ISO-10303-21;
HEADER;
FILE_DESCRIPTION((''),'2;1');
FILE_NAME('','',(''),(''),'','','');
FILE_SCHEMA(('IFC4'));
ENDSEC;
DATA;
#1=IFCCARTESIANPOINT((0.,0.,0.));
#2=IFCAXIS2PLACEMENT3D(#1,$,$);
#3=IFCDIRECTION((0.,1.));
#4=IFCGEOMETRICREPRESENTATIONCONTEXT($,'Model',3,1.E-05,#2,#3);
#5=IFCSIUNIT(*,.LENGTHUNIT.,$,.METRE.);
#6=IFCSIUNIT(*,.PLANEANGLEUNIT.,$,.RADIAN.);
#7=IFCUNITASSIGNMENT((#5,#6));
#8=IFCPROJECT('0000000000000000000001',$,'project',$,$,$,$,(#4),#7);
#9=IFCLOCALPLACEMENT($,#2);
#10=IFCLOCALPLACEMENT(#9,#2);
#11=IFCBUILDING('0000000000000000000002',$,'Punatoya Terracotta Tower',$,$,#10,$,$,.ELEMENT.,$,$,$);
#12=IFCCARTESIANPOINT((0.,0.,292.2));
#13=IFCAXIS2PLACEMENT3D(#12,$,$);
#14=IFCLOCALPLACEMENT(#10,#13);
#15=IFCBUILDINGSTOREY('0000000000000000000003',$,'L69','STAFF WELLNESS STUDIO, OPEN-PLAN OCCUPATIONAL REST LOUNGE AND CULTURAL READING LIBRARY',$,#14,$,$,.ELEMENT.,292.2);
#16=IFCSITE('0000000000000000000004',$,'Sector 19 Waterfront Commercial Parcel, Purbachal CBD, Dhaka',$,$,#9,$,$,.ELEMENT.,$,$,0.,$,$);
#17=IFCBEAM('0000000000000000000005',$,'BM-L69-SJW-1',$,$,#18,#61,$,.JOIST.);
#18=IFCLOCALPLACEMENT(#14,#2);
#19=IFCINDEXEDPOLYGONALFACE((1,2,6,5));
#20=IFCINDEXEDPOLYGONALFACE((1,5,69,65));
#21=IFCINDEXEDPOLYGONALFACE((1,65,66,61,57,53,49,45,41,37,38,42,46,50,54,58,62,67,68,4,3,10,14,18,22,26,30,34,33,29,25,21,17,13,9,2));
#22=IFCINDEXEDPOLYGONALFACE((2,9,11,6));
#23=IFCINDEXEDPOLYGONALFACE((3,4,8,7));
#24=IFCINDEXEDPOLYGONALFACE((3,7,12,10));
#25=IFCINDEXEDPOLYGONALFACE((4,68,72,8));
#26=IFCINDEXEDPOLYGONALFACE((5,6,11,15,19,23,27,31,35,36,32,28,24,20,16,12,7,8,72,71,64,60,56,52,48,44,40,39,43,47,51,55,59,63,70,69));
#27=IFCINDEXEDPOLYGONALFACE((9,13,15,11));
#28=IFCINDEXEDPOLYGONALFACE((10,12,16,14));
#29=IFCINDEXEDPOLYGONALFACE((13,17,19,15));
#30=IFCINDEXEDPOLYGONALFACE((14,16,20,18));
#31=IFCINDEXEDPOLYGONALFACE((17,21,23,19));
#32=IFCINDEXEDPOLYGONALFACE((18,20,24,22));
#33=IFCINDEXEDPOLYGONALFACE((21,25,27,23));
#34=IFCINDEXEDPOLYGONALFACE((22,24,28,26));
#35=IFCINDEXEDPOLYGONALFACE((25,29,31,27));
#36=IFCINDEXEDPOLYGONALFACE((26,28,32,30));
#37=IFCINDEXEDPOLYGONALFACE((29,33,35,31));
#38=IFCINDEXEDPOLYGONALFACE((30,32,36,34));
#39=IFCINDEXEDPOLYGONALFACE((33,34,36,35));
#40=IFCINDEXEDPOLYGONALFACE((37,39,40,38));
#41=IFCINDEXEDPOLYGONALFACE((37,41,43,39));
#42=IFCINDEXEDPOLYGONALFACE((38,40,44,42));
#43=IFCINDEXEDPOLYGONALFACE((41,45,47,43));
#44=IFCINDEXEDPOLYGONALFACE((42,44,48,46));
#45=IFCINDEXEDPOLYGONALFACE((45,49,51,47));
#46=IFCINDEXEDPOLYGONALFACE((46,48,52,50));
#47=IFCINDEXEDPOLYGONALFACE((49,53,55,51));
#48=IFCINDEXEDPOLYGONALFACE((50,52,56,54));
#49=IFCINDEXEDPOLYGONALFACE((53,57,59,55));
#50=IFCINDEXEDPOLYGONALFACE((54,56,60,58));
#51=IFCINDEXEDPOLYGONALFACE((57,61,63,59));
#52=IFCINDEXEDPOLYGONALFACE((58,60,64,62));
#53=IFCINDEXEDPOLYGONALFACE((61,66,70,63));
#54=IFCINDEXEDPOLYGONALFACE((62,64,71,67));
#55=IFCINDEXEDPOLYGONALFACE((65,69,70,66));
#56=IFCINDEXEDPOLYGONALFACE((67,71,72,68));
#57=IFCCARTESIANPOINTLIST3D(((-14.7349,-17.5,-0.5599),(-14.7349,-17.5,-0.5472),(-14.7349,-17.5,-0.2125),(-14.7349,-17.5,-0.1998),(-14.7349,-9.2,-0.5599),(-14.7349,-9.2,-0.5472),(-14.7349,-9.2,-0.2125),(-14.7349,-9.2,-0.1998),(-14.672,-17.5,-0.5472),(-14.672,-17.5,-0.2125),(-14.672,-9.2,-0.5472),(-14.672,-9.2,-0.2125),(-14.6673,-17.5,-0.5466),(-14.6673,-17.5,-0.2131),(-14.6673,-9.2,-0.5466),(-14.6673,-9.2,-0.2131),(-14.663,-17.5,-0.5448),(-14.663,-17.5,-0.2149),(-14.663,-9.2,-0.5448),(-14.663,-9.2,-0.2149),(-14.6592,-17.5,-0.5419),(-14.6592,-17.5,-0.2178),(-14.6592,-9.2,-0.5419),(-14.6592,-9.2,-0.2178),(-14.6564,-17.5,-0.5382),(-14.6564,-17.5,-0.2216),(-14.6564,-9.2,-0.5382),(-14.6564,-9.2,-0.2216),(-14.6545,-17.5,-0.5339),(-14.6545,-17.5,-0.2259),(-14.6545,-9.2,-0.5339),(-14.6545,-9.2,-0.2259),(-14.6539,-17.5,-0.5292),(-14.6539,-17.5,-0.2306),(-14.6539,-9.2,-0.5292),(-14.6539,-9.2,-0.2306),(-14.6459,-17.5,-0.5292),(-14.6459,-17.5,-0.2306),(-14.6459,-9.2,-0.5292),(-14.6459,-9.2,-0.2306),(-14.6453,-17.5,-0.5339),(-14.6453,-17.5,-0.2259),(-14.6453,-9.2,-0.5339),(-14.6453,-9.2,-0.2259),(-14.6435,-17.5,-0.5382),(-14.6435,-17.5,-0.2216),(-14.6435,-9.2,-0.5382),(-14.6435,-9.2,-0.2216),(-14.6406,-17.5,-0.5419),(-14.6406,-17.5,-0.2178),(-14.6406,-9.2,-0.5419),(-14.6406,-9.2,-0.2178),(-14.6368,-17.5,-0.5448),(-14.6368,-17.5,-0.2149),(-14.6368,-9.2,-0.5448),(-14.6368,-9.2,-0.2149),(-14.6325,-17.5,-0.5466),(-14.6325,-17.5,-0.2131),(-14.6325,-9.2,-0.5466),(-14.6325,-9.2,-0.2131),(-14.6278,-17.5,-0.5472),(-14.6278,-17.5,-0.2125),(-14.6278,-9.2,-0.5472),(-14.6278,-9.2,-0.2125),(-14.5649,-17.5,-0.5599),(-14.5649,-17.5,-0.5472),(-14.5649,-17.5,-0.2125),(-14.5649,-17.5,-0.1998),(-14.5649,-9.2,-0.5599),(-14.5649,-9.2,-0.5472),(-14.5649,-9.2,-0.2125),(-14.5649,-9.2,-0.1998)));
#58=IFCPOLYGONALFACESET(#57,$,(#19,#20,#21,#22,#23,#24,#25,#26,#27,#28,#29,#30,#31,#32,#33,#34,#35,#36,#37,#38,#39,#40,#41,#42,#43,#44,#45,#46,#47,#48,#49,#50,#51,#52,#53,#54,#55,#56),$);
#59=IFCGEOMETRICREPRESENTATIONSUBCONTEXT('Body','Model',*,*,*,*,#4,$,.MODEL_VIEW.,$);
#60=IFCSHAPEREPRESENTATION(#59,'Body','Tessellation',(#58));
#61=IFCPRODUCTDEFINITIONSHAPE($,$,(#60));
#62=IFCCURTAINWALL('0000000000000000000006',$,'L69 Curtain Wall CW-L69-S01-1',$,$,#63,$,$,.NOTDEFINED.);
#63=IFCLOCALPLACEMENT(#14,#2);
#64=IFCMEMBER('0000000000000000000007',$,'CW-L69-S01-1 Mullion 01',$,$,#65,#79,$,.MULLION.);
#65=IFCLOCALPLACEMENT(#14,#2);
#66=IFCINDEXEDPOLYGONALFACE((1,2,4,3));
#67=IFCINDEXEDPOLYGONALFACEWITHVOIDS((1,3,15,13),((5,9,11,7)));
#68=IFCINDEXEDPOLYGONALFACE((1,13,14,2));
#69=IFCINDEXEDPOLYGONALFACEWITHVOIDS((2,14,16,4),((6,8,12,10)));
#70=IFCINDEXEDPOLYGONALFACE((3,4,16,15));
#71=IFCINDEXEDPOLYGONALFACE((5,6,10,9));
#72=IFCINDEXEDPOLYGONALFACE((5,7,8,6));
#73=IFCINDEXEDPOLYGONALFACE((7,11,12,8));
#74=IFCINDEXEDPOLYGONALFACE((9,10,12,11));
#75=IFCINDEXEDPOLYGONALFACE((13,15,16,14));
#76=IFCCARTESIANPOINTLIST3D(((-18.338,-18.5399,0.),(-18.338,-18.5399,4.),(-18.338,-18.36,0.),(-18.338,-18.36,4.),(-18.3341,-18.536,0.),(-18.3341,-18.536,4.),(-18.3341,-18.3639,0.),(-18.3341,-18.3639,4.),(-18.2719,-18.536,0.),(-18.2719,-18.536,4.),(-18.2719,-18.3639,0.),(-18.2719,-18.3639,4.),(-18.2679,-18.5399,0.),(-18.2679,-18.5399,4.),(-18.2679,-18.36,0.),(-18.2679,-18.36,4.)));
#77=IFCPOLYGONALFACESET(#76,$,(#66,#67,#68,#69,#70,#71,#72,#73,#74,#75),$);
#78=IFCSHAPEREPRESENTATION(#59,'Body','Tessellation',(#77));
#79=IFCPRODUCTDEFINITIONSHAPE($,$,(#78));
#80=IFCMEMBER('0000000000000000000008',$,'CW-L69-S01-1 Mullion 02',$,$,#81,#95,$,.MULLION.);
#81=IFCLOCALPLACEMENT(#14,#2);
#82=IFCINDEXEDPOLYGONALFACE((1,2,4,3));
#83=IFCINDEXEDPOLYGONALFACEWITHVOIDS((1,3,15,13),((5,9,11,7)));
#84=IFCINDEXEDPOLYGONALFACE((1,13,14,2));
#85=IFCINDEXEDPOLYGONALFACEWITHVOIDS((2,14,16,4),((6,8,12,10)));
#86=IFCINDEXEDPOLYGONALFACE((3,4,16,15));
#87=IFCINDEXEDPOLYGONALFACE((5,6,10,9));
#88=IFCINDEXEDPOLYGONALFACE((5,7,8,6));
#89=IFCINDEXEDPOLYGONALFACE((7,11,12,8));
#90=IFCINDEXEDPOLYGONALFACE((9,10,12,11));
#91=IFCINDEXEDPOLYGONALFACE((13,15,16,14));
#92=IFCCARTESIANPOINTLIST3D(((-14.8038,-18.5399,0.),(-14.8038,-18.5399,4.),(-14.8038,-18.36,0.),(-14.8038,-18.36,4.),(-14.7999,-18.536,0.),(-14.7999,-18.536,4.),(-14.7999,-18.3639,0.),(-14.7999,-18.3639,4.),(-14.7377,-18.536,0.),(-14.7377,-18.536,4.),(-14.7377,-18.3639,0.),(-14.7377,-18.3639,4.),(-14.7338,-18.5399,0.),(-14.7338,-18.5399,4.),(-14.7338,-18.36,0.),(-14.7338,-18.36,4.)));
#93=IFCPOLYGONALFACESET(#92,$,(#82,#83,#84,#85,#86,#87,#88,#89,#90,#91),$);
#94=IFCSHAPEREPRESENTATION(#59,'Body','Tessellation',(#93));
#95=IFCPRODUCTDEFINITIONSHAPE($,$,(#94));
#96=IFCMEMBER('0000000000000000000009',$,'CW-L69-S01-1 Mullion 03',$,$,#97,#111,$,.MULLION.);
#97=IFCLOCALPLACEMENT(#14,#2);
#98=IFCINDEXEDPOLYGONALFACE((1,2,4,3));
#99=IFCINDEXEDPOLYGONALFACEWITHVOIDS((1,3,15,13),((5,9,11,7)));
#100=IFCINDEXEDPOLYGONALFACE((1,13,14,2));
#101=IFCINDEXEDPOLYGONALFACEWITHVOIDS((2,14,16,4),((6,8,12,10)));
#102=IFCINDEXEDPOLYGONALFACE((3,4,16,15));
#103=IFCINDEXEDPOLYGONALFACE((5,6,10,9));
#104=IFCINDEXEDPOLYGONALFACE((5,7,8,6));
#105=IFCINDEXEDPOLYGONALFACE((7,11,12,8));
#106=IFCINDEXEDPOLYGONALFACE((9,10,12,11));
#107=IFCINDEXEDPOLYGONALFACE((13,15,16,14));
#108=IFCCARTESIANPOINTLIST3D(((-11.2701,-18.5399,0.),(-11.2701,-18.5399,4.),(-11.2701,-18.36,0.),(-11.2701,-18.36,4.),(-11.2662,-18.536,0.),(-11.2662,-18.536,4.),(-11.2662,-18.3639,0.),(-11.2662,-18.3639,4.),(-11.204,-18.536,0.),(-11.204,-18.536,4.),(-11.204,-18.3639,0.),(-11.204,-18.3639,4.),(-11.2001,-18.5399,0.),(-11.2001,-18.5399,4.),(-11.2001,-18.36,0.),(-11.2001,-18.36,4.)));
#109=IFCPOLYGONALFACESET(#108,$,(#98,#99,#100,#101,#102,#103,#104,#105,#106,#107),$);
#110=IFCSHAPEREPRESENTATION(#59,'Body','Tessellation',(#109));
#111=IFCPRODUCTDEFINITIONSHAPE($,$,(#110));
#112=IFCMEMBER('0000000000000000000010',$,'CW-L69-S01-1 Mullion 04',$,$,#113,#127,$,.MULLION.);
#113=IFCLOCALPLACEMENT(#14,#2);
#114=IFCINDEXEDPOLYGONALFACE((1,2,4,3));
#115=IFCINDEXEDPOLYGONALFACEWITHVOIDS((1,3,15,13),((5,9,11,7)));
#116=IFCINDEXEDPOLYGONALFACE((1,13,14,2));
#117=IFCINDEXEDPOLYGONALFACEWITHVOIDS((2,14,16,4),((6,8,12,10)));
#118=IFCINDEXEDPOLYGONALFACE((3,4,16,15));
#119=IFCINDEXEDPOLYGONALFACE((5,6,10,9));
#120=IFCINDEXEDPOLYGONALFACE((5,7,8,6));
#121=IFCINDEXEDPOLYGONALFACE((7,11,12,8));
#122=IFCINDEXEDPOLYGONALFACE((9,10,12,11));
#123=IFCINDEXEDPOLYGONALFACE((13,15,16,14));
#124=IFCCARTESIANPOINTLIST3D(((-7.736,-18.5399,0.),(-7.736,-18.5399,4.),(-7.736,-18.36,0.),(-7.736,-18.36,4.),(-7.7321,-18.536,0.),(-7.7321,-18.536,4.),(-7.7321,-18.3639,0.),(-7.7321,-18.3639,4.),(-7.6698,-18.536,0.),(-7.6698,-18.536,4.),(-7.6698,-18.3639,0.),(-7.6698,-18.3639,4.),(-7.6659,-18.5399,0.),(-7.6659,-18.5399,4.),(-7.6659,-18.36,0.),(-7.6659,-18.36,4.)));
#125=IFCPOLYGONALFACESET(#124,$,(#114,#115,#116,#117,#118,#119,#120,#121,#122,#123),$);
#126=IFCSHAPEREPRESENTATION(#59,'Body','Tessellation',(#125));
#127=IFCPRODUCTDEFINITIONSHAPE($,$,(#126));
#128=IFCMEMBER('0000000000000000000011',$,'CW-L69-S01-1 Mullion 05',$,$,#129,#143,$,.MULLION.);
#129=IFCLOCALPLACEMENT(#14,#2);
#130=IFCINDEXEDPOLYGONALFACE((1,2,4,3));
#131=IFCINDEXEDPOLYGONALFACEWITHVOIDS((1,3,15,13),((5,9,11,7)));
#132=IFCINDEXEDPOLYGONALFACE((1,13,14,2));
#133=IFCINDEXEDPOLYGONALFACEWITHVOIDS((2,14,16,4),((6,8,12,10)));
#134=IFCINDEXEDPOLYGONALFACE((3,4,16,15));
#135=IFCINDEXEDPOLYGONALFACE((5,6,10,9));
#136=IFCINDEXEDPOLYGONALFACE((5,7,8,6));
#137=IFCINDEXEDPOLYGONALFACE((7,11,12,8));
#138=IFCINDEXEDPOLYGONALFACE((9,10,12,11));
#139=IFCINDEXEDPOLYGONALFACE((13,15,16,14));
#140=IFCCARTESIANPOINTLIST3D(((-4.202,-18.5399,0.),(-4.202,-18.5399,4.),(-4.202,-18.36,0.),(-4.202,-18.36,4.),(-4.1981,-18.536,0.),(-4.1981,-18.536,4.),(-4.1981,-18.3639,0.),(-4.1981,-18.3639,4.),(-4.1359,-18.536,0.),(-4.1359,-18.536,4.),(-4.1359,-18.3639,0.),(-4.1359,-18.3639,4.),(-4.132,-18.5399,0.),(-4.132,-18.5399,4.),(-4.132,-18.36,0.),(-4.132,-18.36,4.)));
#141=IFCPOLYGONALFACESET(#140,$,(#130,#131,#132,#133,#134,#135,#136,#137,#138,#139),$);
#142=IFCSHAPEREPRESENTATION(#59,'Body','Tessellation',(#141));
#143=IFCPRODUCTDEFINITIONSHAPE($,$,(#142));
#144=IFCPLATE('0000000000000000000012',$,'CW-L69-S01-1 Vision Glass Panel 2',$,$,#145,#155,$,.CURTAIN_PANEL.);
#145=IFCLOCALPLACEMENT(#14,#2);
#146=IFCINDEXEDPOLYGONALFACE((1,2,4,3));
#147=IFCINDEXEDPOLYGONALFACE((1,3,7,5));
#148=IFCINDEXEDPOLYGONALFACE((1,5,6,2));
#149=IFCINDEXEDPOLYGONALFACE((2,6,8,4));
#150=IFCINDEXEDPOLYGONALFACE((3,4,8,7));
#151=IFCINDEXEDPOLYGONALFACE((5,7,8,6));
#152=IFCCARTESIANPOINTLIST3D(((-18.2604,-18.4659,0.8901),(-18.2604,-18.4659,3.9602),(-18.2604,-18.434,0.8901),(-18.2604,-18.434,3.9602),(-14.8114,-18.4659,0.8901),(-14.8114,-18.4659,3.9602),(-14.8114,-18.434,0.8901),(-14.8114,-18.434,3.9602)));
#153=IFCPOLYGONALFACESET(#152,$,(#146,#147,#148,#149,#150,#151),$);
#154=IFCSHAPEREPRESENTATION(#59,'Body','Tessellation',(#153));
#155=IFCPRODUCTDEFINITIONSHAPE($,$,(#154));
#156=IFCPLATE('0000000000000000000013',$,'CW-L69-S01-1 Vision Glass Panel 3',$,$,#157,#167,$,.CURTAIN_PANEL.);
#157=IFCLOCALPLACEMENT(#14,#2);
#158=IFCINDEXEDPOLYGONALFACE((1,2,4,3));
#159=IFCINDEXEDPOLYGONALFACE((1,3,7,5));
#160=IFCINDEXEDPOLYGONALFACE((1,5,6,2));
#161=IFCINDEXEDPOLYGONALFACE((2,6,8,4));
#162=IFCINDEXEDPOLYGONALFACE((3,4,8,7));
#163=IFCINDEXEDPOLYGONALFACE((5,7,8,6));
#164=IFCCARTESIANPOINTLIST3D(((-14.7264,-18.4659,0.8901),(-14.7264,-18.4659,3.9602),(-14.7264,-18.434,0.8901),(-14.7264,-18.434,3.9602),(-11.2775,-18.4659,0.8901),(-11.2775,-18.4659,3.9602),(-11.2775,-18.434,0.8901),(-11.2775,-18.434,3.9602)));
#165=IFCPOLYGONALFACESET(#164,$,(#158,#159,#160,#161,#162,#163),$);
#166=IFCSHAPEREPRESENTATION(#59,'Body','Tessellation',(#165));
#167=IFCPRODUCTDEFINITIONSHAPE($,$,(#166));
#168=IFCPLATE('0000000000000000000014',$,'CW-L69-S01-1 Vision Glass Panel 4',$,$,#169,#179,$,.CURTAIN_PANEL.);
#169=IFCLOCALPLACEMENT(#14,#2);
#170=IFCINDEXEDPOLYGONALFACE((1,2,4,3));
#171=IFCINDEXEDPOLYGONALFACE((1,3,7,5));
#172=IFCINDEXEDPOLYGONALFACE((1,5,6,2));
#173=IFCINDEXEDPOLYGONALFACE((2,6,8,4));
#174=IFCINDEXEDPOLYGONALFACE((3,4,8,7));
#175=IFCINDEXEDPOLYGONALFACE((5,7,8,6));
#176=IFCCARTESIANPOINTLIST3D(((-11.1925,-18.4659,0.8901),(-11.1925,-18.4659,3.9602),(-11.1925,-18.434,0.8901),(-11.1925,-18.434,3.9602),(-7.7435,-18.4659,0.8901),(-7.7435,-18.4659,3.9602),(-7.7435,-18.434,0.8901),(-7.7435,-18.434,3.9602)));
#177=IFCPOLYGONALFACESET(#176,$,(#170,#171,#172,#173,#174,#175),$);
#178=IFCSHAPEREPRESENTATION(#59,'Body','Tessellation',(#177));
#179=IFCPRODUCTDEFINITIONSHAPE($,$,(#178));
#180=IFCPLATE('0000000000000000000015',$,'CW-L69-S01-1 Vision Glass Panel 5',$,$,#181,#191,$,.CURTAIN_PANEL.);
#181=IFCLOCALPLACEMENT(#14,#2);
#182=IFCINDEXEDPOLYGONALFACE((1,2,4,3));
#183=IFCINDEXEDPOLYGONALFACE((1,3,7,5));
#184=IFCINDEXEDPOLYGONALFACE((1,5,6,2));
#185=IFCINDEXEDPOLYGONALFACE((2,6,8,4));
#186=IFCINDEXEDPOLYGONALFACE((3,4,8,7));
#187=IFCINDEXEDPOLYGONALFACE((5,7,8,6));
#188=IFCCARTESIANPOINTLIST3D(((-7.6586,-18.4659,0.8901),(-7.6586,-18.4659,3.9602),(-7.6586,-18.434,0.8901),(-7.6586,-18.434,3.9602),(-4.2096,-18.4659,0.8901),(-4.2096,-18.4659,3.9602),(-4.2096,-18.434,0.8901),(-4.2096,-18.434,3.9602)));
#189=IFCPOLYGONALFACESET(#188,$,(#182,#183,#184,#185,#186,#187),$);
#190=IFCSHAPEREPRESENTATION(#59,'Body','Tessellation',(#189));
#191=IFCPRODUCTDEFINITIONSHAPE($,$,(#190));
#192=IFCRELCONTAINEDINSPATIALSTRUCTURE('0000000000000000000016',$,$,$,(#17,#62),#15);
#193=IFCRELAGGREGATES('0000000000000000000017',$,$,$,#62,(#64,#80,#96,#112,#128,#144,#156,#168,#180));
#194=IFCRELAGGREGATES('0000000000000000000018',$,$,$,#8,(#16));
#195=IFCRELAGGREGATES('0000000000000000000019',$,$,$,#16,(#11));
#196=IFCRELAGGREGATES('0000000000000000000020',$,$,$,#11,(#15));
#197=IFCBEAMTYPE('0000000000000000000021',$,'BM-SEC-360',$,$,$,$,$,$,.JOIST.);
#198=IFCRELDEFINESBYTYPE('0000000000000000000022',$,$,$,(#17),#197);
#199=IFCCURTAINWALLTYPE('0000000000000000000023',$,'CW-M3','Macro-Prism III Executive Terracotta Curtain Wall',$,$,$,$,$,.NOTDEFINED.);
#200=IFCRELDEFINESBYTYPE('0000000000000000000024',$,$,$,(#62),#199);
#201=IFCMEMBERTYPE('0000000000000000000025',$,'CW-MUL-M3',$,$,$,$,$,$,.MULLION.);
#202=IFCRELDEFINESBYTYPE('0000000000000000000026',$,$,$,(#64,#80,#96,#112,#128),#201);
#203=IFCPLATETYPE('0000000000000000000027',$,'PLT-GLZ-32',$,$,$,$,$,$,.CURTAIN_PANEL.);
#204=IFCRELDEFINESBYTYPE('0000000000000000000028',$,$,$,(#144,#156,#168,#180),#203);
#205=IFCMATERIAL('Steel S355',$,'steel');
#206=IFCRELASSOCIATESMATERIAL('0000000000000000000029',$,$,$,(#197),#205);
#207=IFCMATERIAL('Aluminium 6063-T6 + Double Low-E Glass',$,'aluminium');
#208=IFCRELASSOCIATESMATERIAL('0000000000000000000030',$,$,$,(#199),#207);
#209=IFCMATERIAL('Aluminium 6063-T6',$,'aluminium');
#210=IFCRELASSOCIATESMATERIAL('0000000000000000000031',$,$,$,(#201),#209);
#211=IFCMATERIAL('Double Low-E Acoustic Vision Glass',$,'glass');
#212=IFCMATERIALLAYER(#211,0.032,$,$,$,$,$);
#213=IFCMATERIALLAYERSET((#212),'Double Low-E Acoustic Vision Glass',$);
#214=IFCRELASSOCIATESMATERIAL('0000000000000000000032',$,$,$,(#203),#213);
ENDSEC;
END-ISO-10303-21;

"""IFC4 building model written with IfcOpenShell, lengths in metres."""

from ifc_helpers import new_model, si_unit, direction, frame, origin, origin_2d, place, context, subcontext, project, spatial, rectangle, hollow_rectangle, i_section, extrude, material, layer, layer_set, material_profile, profile_set, type_object, element, aggregate, save


model = new_model("IFC4")

# Units and contexts
model_context = context("Model", 3, precision=1e-05, world=origin(), true_north=direction((0.0, 1.0)))
body_context = subcontext(model_context, "Body", "Model", "MODEL_VIEW")
ifc_project = project(units=[si_unit("LENGTHUNIT", "METRE"), si_unit("PLANEANGLEUNIT", "RADIAN")], contexts=[model_context])

# Site, building, storey
site_placement = place(None, origin())
site = spatial("IfcSite", under=ifc_project, at=site_placement, Name="Sector 19 Waterfront Commercial Parcel, Purbachal CBD, Dhaka", CompositionType="ELEMENT", RefElevation=0.0)
building_placement = place(site_placement, origin())
building = spatial("IfcBuilding", under=site, at=building_placement, Name="Punatoya Terracotta Tower", CompositionType="ELEMENT")
storey_placement = place(building_placement, frame((0.0, 0.0, 292.2)))
storey = spatial("IfcBuildingStorey", under=building, at=storey_placement, Name="L69", Description="STAFF WELLNESS STUDIO, OPEN-PLAN OCCUPATIONAL REST LOUNGE AND CULTURAL READING LIBRARY", CompositionType="ELEMENT", Elevation=292.2)

# Beam
ifc_material_1 = material(Name="Steel S355", Category="steel")
ifc_material_profile_1 = material_profile(ifc_material_1, i_section(OverallWidth=0.1699, OverallDepth=0.3601, WebThickness=0.0081, FlangeThickness=0.0127, FilletRadius=0.0181, at=origin_2d()))
ifc_profile_set_1 = profile_set([ifc_material_profile_1], Name="Steel S355")
beam_type_1 = type_object("IfcBeamType", Name="BM-SEC-360", PredefinedType="JOIST", material=ifc_profile_set_1)
beam_1_placement = place(storey_placement, frame((-14.6499, -17.5, -0.3799), z_axis=(0.0, 1.0, 0.0), x_axis=(-1.0, 0.0, 0.0)))
element("IfcBeam", 1, at=beam_1_placement, inside=storey, type_object=beam_type_1, Name="BM-L69-SJW-1", PredefinedType="JOIST", context=body_context, shape_type="SweptSolid", body=[
    extrude(i_section(OverallWidth=0.1699, OverallDepth=0.3601, WebThickness=0.0081, FlangeThickness=0.0127, FilletRadius=0.0181, at=origin_2d()), origin(), (0.0, 0.0, 1.0), 8.3),
])

# Curtain wall, members, plates
ifc_material_2 = material(Name="Aluminium 6063-T6 + Double Low-E Glass", Category="aluminium")
curtain_wall_type = type_object("IfcCurtainWallType", Name="CW-M3", Description="Macro-Prism III Executive Terracotta Curtain Wall", PredefinedType="NOTDEFINED", material=ifc_material_2)
curtain_wall_placement = place(storey_placement, origin())
curtain_wall = element("IfcCurtainWall", 2, at=curtain_wall_placement, inside=storey, type_object=curtain_wall_type, Name="L69 Curtain Wall CW-L69-S01-1", PredefinedType="NOTDEFINED")
ifc_material_3 = material(Name="Aluminium 6063-T6", Category="aluminium")
ifc_material_profile_2 = material_profile(ifc_material_3, hollow_rectangle(XDim=0.0701, YDim=0.1799, WallThickness=0.0039, at=origin_2d()))
ifc_profile_set_2 = profile_set([ifc_material_profile_2], Name="Aluminium 6063-T6")
member_type = type_object("IfcMemberType", Name="CW-MUL-M3", PredefinedType="MULLION", material=ifc_profile_set_2)
member_1_placement = place(storey_placement, frame((-18.303, -18.45, 0.0), z_axis=(0.0, 0.0, 1.0), x_axis=(1.0, 0.0, 0.0)))
member_1 = element("IfcMember", 3, at=member_1_placement, type_object=member_type, Name="CW-L69-S01-1 Mullion 01", PredefinedType="MULLION", context=body_context, shape_type="SweptSolid", body=[
    extrude(hollow_rectangle(XDim=0.0701, YDim=0.1799, WallThickness=0.0039, at=origin_2d()), origin(), (0.0, 0.0, 1.0), 4.0),
])
member_2_placement = place(storey_placement, frame((-14.7688, -18.45, 0.0), z_axis=(0.0, 0.0, 1.0), x_axis=(1.0, 0.0, 0.0)))
member_2 = element("IfcMember", 4, at=member_2_placement, type_object=member_type, Name="CW-L69-S01-1 Mullion 02", PredefinedType="MULLION", context=body_context, shape_type="SweptSolid", body=[
    extrude(hollow_rectangle(XDim=0.0701, YDim=0.1799, WallThickness=0.0039, at=origin_2d()), origin(), (0.0, 0.0, 1.0), 4.0),
])
member_3_placement = place(storey_placement, frame((-11.2351, -18.45, 0.0), z_axis=(0.0, 0.0, 1.0), x_axis=(1.0, 0.0, 0.0)))
member_3 = element("IfcMember", 5, at=member_3_placement, type_object=member_type, Name="CW-L69-S01-1 Mullion 03", PredefinedType="MULLION", context=body_context, shape_type="SweptSolid", body=[
    extrude(hollow_rectangle(XDim=0.0701, YDim=0.1799, WallThickness=0.0039, at=origin_2d()), origin(), (0.0, 0.0, 1.0), 4.0),
])
member_4_placement = place(storey_placement, frame((-7.7009, -18.45, 0.0), z_axis=(0.0, 0.0, 1.0), x_axis=(1.0, 0.0, 0.0)))
member_4 = element("IfcMember", 6, at=member_4_placement, type_object=member_type, Name="CW-L69-S01-1 Mullion 04", PredefinedType="MULLION", context=body_context, shape_type="SweptSolid", body=[
    extrude(hollow_rectangle(XDim=0.0701, YDim=0.1799, WallThickness=0.0039, at=origin_2d()), origin(), (0.0, 0.0, 1.0), 4.0),
])
member_5_placement = place(storey_placement, frame((-4.167, -18.45, 0.0), z_axis=(0.0, 0.0, 1.0), x_axis=(1.0, 0.0, 0.0)))
member_5 = element("IfcMember", 7, at=member_5_placement, type_object=member_type, Name="CW-L69-S01-1 Mullion 05", PredefinedType="MULLION", context=body_context, shape_type="SweptSolid", body=[
    extrude(hollow_rectangle(XDim=0.0701, YDim=0.1799, WallThickness=0.0039, at=origin_2d()), origin(), (0.0, 0.0, 1.0), 4.0),
])
ifc_material_4 = material(Name="Double Low-E Acoustic Vision Glass", Category="glass")
ifc_layer_1 = layer(ifc_material_4, 0.032)
ifc_layer_set_1 = layer_set([ifc_layer_1], Name="Double Low-E Acoustic Vision Glass")
plate_type_1 = type_object("IfcPlateType", Name="PLT-GLZ-32", PredefinedType="CURTAIN_PANEL", material=ifc_layer_set_1)
plate_1_placement = place(storey_placement, frame((-16.5359, -18.45, 0.8901), z_axis=(0.0, 0.0, 1.0), x_axis=(1.0, 0.0, 0.0)))
plate_1 = element("IfcPlate", 8, at=plate_1_placement, type_object=plate_type_1, Name="CW-L69-S01-1 Vision Glass Panel 2", PredefinedType="CURTAIN_PANEL", context=body_context, shape_type="SweptSolid", body=[
    extrude(rectangle(XDim=3.449, YDim=0.032, at=origin_2d()), origin(), (0.0, 0.0, 1.0), 3.0701),
])
plate_2_placement = place(storey_placement, frame((-13.002, -18.45, 0.8901), z_axis=(0.0, 0.0, 1.0), x_axis=(1.0, 0.0, 0.0)))
plate_2 = element("IfcPlate", 9, at=plate_2_placement, type_object=plate_type_1, Name="CW-L69-S01-1 Vision Glass Panel 3", PredefinedType="CURTAIN_PANEL", context=body_context, shape_type="SweptSolid", body=[
    extrude(rectangle(XDim=3.449, YDim=0.032, at=origin_2d()), origin(), (0.0, 0.0, 1.0), 3.0701),
])
plate_3_placement = place(storey_placement, frame((-9.468, -18.45, 0.8901), z_axis=(0.0, 0.0, 1.0), x_axis=(1.0, 0.0, 0.0)))
plate_3 = element("IfcPlate", 10, at=plate_3_placement, type_object=plate_type_1, Name="CW-L69-S01-1 Vision Glass Panel 4", PredefinedType="CURTAIN_PANEL", context=body_context, shape_type="SweptSolid", body=[
    extrude(rectangle(XDim=3.449, YDim=0.032, at=origin_2d()), origin(), (0.0, 0.0, 1.0), 3.0701),
])
plate_4_placement = place(storey_placement, frame((-5.9341, -18.45, 0.8901), z_axis=(0.0, 0.0, 1.0), x_axis=(1.0, 0.0, 0.0)))
plate_4 = element("IfcPlate", 11, at=plate_4_placement, type_object=plate_type_1, Name="CW-L69-S01-1 Vision Glass Panel 5", PredefinedType="CURTAIN_PANEL", context=body_context, shape_type="SweptSolid", body=[
    extrude(rectangle(XDim=3.449, YDim=0.032, at=origin_2d()), origin(), (0.0, 0.0, 1.0), 3.0701),
])
aggregate(curtain_wall, [member_1, member_2, member_3, member_4, member_5, plate_1, plate_2, plate_3, plate_4])

save(model, "model.ifc")
